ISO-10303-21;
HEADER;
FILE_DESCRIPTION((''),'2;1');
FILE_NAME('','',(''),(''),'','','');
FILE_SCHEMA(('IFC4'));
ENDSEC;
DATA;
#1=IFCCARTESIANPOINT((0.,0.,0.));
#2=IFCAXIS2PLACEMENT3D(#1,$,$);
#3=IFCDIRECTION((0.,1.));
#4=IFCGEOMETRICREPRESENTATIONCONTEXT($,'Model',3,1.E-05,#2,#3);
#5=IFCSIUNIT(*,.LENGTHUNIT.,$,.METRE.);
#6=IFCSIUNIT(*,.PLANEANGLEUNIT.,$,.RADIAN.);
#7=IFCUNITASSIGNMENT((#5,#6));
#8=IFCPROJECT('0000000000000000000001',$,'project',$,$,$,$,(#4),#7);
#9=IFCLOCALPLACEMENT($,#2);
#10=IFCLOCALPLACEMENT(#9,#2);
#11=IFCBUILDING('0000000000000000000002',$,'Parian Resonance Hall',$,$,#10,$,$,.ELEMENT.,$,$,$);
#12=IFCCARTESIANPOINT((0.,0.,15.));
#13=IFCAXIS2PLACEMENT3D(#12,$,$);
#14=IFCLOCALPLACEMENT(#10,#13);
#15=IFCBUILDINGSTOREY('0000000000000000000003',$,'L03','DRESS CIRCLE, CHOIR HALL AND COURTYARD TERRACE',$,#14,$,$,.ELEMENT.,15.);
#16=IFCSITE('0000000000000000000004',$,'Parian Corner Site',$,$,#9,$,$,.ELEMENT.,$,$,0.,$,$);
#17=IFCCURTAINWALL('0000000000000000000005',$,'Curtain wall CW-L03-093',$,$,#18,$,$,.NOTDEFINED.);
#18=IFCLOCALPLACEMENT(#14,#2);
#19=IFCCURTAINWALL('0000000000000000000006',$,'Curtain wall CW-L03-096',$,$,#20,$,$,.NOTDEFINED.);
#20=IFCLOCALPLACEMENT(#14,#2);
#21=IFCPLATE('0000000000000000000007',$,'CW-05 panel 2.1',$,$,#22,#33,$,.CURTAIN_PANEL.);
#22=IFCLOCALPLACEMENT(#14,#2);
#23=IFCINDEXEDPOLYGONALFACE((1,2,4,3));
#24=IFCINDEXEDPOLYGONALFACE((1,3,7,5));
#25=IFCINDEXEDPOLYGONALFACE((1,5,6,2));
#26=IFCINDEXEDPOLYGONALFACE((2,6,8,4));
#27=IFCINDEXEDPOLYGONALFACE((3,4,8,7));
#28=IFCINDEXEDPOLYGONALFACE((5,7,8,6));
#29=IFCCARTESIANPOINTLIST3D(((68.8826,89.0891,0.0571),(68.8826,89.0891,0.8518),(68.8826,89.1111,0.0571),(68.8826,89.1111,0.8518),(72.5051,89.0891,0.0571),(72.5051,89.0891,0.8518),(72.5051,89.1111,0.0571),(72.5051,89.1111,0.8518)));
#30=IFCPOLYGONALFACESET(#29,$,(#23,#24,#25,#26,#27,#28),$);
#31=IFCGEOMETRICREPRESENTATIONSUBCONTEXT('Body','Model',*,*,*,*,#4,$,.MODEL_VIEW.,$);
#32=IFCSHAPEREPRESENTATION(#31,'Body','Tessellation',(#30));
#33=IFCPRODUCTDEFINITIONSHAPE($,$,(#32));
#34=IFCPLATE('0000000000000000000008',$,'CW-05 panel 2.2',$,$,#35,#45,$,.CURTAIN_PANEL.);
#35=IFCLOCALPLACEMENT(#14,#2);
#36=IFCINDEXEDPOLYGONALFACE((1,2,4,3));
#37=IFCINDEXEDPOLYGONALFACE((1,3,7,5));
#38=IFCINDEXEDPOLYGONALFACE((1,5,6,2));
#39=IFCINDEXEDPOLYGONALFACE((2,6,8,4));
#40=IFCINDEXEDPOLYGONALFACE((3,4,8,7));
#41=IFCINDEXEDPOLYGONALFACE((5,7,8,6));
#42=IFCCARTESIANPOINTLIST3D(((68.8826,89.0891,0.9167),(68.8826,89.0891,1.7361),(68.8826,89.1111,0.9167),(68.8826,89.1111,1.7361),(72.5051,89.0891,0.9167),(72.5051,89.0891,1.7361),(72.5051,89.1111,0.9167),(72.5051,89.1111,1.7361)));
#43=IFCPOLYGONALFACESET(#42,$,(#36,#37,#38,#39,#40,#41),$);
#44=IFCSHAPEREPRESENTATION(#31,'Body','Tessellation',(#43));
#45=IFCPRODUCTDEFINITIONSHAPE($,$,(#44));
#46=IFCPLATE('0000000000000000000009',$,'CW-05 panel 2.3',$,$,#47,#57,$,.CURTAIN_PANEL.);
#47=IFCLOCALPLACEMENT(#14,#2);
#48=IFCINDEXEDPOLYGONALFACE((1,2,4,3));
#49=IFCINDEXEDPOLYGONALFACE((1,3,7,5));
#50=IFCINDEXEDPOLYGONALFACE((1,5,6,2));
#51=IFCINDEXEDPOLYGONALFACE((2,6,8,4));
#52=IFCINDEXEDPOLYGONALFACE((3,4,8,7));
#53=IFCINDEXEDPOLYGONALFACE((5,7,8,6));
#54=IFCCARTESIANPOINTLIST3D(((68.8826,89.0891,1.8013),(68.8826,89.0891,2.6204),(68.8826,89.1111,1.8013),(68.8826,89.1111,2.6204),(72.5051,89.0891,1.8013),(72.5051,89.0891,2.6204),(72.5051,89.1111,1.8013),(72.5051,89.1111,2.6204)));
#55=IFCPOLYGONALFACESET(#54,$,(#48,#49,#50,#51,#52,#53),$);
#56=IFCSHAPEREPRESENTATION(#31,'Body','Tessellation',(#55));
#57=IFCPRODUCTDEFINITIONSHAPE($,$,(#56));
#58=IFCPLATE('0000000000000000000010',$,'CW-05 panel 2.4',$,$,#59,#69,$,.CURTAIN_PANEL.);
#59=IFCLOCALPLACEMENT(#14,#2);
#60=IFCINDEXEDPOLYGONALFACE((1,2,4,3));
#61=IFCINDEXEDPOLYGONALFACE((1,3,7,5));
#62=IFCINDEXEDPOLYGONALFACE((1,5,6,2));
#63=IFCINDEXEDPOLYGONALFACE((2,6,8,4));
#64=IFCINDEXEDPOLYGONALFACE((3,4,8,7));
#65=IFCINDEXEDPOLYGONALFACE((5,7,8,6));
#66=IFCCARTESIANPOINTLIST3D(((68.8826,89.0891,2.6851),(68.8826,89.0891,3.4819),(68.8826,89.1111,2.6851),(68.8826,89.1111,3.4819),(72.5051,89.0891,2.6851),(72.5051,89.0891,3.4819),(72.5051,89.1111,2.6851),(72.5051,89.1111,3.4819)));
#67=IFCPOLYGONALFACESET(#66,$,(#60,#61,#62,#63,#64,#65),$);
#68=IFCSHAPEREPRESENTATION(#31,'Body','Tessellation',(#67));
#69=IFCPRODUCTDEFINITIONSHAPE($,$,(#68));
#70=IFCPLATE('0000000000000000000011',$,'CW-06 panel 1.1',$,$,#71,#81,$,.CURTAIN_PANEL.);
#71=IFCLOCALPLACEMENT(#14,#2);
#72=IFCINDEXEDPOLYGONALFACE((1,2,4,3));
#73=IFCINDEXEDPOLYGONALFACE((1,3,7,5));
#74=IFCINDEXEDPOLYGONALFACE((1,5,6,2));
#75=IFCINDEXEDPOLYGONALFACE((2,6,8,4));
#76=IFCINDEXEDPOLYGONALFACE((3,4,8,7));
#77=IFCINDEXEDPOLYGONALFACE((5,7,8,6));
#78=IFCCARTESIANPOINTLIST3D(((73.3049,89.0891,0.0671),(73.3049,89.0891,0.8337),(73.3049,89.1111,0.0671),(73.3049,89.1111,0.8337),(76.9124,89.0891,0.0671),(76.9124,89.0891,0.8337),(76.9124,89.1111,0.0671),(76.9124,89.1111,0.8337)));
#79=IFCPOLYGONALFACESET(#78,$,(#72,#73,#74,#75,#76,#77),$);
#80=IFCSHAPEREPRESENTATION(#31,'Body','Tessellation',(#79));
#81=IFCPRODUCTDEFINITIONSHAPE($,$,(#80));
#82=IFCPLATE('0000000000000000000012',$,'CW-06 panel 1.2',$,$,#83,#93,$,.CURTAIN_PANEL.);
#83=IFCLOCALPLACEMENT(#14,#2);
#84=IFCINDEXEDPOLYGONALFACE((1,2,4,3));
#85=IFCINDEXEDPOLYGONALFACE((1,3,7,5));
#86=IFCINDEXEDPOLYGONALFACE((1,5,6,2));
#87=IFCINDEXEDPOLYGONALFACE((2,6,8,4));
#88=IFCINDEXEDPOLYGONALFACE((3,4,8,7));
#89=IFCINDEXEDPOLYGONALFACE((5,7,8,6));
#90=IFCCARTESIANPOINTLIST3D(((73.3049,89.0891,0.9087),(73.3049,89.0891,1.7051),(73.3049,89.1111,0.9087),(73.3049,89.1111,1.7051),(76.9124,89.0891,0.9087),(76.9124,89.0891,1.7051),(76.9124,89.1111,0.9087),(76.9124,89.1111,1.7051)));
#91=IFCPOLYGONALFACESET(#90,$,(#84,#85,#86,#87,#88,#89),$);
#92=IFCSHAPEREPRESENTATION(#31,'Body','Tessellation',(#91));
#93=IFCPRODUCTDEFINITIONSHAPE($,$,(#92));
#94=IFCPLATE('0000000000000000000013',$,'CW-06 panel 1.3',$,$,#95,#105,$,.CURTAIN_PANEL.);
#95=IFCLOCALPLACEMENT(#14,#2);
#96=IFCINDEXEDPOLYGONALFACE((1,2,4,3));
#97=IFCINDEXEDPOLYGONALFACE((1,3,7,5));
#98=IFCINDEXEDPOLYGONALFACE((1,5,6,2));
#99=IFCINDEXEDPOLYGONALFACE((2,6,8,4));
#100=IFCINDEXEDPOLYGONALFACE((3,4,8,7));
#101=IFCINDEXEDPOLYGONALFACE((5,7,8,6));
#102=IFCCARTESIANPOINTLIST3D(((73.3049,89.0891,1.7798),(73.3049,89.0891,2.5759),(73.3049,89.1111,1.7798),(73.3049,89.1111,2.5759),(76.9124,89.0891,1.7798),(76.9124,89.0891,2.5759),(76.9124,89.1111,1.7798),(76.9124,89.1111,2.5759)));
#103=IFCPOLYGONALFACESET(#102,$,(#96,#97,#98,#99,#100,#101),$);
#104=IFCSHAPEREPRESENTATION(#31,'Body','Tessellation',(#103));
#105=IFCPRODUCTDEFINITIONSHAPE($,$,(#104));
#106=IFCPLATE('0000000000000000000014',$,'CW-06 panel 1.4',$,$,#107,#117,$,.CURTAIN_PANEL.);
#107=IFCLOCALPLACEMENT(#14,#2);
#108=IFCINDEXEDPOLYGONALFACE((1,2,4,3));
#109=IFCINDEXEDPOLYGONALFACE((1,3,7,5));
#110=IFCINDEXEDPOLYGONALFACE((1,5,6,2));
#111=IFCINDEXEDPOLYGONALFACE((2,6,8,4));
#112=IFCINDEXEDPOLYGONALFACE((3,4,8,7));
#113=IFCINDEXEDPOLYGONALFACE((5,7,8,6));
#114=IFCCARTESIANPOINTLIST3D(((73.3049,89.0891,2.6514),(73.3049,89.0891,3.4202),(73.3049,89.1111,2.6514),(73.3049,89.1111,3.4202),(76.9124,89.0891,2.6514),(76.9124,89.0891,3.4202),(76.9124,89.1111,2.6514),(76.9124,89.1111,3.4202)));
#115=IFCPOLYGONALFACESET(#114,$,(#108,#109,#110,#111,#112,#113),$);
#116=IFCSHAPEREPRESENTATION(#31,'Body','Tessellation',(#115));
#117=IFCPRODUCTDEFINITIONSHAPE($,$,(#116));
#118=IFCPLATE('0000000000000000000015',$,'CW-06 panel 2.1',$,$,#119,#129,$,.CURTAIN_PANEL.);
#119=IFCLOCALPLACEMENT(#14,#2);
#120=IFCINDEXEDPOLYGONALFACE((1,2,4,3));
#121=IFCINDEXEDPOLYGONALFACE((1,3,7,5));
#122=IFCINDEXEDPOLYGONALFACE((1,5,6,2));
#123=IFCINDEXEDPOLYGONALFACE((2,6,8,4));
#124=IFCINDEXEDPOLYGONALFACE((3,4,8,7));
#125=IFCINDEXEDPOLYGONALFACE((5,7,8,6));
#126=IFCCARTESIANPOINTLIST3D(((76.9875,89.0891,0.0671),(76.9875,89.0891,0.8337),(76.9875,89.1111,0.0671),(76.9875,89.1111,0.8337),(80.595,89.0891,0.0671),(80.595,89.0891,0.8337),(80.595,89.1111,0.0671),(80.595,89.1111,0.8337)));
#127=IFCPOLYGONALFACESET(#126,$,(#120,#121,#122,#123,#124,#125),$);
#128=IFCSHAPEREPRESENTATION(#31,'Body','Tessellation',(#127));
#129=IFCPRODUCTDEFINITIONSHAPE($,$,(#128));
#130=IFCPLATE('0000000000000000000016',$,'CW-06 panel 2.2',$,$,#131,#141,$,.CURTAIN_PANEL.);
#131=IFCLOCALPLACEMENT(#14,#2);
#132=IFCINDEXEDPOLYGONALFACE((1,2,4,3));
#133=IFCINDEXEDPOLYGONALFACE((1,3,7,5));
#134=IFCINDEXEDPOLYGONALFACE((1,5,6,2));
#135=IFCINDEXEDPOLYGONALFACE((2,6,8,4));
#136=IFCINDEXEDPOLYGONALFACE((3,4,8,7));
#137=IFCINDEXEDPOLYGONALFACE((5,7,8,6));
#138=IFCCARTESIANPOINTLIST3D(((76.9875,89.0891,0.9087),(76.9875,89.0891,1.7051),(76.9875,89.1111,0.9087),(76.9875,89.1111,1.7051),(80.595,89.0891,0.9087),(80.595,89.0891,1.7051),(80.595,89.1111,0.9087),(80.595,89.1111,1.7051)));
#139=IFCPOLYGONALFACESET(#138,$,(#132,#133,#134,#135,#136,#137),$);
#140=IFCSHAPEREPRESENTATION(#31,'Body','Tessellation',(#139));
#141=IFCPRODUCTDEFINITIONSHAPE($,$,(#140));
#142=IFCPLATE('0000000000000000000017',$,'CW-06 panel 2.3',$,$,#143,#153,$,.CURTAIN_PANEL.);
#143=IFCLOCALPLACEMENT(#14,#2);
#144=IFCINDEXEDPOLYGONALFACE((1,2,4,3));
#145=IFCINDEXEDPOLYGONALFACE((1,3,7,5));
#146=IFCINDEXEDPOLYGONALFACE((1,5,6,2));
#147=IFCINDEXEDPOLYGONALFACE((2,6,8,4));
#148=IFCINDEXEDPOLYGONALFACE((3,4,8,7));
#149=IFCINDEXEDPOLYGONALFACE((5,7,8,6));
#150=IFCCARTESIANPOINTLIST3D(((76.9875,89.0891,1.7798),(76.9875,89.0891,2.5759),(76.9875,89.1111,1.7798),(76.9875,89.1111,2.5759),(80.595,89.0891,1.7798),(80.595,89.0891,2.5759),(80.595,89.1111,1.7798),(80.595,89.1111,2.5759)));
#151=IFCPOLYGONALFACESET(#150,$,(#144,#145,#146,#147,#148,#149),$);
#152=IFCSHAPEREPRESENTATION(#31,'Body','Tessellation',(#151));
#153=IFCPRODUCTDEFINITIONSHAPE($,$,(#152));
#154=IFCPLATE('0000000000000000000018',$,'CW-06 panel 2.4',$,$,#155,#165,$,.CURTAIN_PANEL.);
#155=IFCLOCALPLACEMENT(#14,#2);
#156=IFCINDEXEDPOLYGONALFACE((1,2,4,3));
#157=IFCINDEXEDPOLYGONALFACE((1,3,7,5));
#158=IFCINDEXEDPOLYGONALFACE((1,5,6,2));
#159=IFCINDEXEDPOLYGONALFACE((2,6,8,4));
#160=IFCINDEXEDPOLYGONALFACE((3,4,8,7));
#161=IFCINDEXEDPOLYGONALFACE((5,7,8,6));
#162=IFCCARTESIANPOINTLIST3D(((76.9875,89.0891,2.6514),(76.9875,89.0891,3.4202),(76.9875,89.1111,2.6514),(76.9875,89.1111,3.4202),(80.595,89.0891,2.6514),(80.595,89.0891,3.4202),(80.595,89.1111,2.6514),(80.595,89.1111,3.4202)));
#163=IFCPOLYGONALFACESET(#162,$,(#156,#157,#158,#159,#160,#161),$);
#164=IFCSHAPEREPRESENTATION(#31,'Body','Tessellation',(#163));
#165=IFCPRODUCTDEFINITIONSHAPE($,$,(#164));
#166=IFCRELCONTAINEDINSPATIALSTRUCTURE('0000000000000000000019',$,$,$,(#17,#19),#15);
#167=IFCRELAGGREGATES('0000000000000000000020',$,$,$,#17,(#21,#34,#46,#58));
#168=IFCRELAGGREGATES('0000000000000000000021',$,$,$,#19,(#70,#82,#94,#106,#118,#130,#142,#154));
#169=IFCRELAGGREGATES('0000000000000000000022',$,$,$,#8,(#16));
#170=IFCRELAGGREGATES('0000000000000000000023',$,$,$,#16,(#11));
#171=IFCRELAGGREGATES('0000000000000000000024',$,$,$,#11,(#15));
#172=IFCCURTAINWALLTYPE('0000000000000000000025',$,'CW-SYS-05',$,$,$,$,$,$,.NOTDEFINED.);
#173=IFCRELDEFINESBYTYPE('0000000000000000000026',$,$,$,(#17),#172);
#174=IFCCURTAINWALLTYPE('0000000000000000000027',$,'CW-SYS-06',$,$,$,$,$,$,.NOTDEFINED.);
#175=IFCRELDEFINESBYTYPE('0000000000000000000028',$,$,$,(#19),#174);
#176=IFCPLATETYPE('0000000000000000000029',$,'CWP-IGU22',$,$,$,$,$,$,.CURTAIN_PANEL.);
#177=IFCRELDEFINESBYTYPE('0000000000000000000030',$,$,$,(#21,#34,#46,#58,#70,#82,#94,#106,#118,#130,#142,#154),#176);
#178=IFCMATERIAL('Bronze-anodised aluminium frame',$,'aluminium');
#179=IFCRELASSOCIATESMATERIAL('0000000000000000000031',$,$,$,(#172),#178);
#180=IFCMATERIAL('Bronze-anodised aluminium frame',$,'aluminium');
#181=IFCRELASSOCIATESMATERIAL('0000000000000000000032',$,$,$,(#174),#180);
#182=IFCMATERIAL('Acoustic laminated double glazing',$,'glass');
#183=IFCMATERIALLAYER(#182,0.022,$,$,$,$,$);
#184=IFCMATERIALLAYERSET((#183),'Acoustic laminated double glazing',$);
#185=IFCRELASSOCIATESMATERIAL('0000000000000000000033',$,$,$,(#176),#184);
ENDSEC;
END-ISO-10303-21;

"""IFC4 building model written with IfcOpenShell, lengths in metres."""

from ifc_helpers import new_model, si_unit, direction, frame, origin, origin_2d, place, context, subcontext, project, spatial, rectangle, extrude, material, layer, layer_set, type_object, element, aggregate, save


model = new_model("IFC4")

# Units and contexts
model_context = context("Model", 3, precision=1e-05, world=origin(), true_north=direction((0.0, 1.0)))
body_context = subcontext(model_context, "Body", "Model", "MODEL_VIEW")
ifc_project = project(units=[si_unit("LENGTHUNIT", "METRE"), si_unit("PLANEANGLEUNIT", "RADIAN")], contexts=[model_context])

# Site, building, storey
site_placement = place(None, origin())
site = spatial("IfcSite", under=ifc_project, at=site_placement, Name="Parian Corner Site", CompositionType="ELEMENT", RefElevation=0.0)
building_placement = place(site_placement, origin())
building = spatial("IfcBuilding", under=site, at=building_placement, Name="Parian Resonance Hall", CompositionType="ELEMENT")
storey_placement = place(building_placement, frame((0.0, 0.0, 15.0)))
storey = spatial("IfcBuildingStorey", under=building, at=storey_placement, Name="L03", Description="DRESS CIRCLE, CHOIR HALL AND COURTYARD TERRACE", CompositionType="ELEMENT", Elevation=15.0)

# Curtain walls
ifc_material_1 = material(Name="Bronze-anodised aluminium frame", Category="aluminium")
curtain_wall_type_1 = type_object("IfcCurtainWallType", Name="CW-SYS-05", PredefinedType="NOTDEFINED", material=ifc_material_1)
curtain_wall_1_placement = place(storey_placement, origin())
curtain_wall_1 = element("IfcCurtainWall", 1, at=curtain_wall_1_placement, inside=storey, type_object=curtain_wall_type_1, Name="Curtain wall CW-L03-093", PredefinedType="NOTDEFINED")
ifc_material_2 = material(Name="Bronze-anodised aluminium frame", Category="aluminium")
curtain_wall_type_2 = type_object("IfcCurtainWallType", Name="CW-SYS-06", PredefinedType="NOTDEFINED", material=ifc_material_2)
curtain_wall_2_placement = place(storey_placement, origin())
curtain_wall_2 = element("IfcCurtainWall", 2, at=curtain_wall_2_placement, inside=storey, type_object=curtain_wall_type_2, Name="Curtain wall CW-L03-096", PredefinedType="NOTDEFINED")

# Plates
ifc_material_3 = material(Name="Acoustic laminated double glazing", Category="glass")
ifc_layer = layer(ifc_material_3, 0.022)
ifc_layer_set = layer_set([ifc_layer], Name="Acoustic laminated double glazing")
plate_type = type_object("IfcPlateType", Name="CWP-IGU22", PredefinedType="CURTAIN_PANEL", material=ifc_layer_set)
plate_1_placement = place(storey_placement, frame((70.6938, 89.1001, 0.0571), z_axis=(0.0, 0.0, 1.0), x_axis=(1.0, 0.0, 0.0)))
plate_1 = element("IfcPlate", 3, at=plate_1_placement, type_object=plate_type, Name="CW-05 panel 2.1", PredefinedType="CURTAIN_PANEL", context=body_context, shape_type="SweptSolid", body=[
    extrude(rectangle(XDim=3.6226, YDim=0.022, at=origin_2d()), origin(), (0.0, 0.0, 1.0), 0.7947),
])
plate_2_placement = place(storey_placement, frame((70.6938, 89.1001, 0.9167), z_axis=(0.0, 0.0, 1.0), x_axis=(1.0, 0.0, 0.0)))
plate_2 = element("IfcPlate", 4, at=plate_2_placement, type_object=plate_type, Name="CW-05 panel 2.2", PredefinedType="CURTAIN_PANEL", context=body_context, shape_type="SweptSolid", body=[
    extrude(rectangle(XDim=3.6226, YDim=0.022, at=origin_2d()), origin(), (0.0, 0.0, 1.0), 0.8193),
])
plate_3_placement = place(storey_placement, frame((70.6938, 89.1001, 1.8013), z_axis=(0.0, 0.0, 1.0), x_axis=(1.0, 0.0, 0.0)))
plate_3 = element("IfcPlate", 5, at=plate_3_placement, type_object=plate_type, Name="CW-05 panel 2.3", PredefinedType="CURTAIN_PANEL", context=body_context, shape_type="SweptSolid", body=[
    extrude(rectangle(XDim=3.6226, YDim=0.022, at=origin_2d()), origin(), (0.0, 0.0, 1.0), 0.8191),
])
plate_4_placement = place(storey_placement, frame((70.6938, 89.1001, 2.6851), z_axis=(0.0, 0.0, 1.0), x_axis=(1.0, 0.0, 0.0)))
plate_4 = element("IfcPlate", 6, at=plate_4_placement, type_object=plate_type, Name="CW-05 panel 2.4", PredefinedType="CURTAIN_PANEL", context=body_context, shape_type="SweptSolid", body=[
    extrude(rectangle(XDim=3.6226, YDim=0.022, at=origin_2d()), origin(), (0.0, 0.0, 1.0), 0.7969),
])
aggregate(curtain_wall_1, [plate_1, plate_2, plate_3, plate_4])
plate_5_placement = place(storey_placement, frame((75.1086, 89.1001, 0.0671), z_axis=(0.0, 0.0, 1.0), x_axis=(1.0, 0.0, 0.0)))
plate_5 = element("IfcPlate", 7, at=plate_5_placement, type_object=plate_type, Name="CW-06 panel 1.1", PredefinedType="CURTAIN_PANEL", context=body_context, shape_type="SweptSolid", body=[
    extrude(rectangle(XDim=3.6074, YDim=0.022, at=origin_2d()), origin(), (0.0, 0.0, 1.0), 0.7666),
])
plate_6_placement = place(storey_placement, frame((75.1086, 89.1001, 0.9087), z_axis=(0.0, 0.0, 1.0), x_axis=(1.0, 0.0, 0.0)))
plate_6 = element("IfcPlate", 8, at=plate_6_placement, type_object=plate_type, Name="CW-06 panel 1.2", PredefinedType="CURTAIN_PANEL", context=body_context, shape_type="SweptSolid", body=[
    extrude(rectangle(XDim=3.6074, YDim=0.022, at=origin_2d()), origin(), (0.0, 0.0, 1.0), 0.7964),
])
plate_7_placement = place(storey_placement, frame((75.1086, 89.1001, 1.7798), z_axis=(0.0, 0.0, 1.0), x_axis=(1.0, 0.0, 0.0)))
plate_7 = element("IfcPlate", 9, at=plate_7_placement, type_object=plate_type, Name="CW-06 panel 1.3", PredefinedType="CURTAIN_PANEL", context=body_context, shape_type="SweptSolid", body=[
    extrude(rectangle(XDim=3.6074, YDim=0.022, at=origin_2d()), origin(), (0.0, 0.0, 1.0), 0.7961),
])
plate_8_placement = place(storey_placement, frame((75.1086, 89.1001, 2.6514), z_axis=(0.0, 0.0, 1.0), x_axis=(1.0, 0.0, 0.0)))
plate_8 = element("IfcPlate", 10, at=plate_8_placement, type_object=plate_type, Name="CW-06 panel 1.4", PredefinedType="CURTAIN_PANEL", context=body_context, shape_type="SweptSolid", body=[
    extrude(rectangle(XDim=3.6074, YDim=0.022, at=origin_2d()), origin(), (0.0, 0.0, 1.0), 0.7688),
])
plate_9_placement = place(storey_placement, frame((78.7913, 89.1001, 0.0671), z_axis=(0.0, 0.0, 1.0), x_axis=(1.0, 0.0, 0.0)))
plate_9 = element("IfcPlate", 11, at=plate_9_placement, type_object=plate_type, Name="CW-06 panel 2.1", PredefinedType="CURTAIN_PANEL", context=body_context, shape_type="SweptSolid", body=[
    extrude(rectangle(XDim=3.6074, YDim=0.022, at=origin_2d()), origin(), (0.0, 0.0, 1.0), 0.7666),
])
plate_10_placement = place(storey_placement, frame((78.7913, 89.1001, 0.9087), z_axis=(0.0, 0.0, 1.0), x_axis=(1.0, 0.0, 0.0)))
plate_10 = element("IfcPlate", 12, at=plate_10_placement, type_object=plate_type, Name="CW-06 panel 2.2", PredefinedType="CURTAIN_PANEL", context=body_context, shape_type="SweptSolid", body=[
    extrude(rectangle(XDim=3.6074, YDim=0.022, at=origin_2d()), origin(), (0.0, 0.0, 1.0), 0.7964),
])
plate_11_placement = place(storey_placement, frame((78.7913, 89.1001, 1.7798), z_axis=(0.0, 0.0, 1.0), x_axis=(1.0, 0.0, 0.0)))
plate_11 = element("IfcPlate", 13, at=plate_11_placement, type_object=plate_type, Name="CW-06 panel 2.3", PredefinedType="CURTAIN_PANEL", context=body_context, shape_type="SweptSolid", body=[
    extrude(rectangle(XDim=3.6074, YDim=0.022, at=origin_2d()), origin(), (0.0, 0.0, 1.0), 0.7961),
])
plate_12_placement = place(storey_placement, frame((78.7913, 89.1001, 2.6514), z_axis=(0.0, 0.0, 1.0), x_axis=(1.0, 0.0, 0.0)))
plate_12 = element("IfcPlate", 14, at=plate_12_placement, type_object=plate_type, Name="CW-06 panel 2.4", PredefinedType="CURTAIN_PANEL", context=body_context, shape_type="SweptSolid", body=[
    extrude(rectangle(XDim=3.6074, YDim=0.022, at=origin_2d()), origin(), (0.0, 0.0, 1.0), 0.7688),
])
aggregate(curtain_wall_2, [plate_5, plate_6, plate_7, plate_8, plate_9, plate_10, plate_11, plate_12])

save(model, "model.ifc")
